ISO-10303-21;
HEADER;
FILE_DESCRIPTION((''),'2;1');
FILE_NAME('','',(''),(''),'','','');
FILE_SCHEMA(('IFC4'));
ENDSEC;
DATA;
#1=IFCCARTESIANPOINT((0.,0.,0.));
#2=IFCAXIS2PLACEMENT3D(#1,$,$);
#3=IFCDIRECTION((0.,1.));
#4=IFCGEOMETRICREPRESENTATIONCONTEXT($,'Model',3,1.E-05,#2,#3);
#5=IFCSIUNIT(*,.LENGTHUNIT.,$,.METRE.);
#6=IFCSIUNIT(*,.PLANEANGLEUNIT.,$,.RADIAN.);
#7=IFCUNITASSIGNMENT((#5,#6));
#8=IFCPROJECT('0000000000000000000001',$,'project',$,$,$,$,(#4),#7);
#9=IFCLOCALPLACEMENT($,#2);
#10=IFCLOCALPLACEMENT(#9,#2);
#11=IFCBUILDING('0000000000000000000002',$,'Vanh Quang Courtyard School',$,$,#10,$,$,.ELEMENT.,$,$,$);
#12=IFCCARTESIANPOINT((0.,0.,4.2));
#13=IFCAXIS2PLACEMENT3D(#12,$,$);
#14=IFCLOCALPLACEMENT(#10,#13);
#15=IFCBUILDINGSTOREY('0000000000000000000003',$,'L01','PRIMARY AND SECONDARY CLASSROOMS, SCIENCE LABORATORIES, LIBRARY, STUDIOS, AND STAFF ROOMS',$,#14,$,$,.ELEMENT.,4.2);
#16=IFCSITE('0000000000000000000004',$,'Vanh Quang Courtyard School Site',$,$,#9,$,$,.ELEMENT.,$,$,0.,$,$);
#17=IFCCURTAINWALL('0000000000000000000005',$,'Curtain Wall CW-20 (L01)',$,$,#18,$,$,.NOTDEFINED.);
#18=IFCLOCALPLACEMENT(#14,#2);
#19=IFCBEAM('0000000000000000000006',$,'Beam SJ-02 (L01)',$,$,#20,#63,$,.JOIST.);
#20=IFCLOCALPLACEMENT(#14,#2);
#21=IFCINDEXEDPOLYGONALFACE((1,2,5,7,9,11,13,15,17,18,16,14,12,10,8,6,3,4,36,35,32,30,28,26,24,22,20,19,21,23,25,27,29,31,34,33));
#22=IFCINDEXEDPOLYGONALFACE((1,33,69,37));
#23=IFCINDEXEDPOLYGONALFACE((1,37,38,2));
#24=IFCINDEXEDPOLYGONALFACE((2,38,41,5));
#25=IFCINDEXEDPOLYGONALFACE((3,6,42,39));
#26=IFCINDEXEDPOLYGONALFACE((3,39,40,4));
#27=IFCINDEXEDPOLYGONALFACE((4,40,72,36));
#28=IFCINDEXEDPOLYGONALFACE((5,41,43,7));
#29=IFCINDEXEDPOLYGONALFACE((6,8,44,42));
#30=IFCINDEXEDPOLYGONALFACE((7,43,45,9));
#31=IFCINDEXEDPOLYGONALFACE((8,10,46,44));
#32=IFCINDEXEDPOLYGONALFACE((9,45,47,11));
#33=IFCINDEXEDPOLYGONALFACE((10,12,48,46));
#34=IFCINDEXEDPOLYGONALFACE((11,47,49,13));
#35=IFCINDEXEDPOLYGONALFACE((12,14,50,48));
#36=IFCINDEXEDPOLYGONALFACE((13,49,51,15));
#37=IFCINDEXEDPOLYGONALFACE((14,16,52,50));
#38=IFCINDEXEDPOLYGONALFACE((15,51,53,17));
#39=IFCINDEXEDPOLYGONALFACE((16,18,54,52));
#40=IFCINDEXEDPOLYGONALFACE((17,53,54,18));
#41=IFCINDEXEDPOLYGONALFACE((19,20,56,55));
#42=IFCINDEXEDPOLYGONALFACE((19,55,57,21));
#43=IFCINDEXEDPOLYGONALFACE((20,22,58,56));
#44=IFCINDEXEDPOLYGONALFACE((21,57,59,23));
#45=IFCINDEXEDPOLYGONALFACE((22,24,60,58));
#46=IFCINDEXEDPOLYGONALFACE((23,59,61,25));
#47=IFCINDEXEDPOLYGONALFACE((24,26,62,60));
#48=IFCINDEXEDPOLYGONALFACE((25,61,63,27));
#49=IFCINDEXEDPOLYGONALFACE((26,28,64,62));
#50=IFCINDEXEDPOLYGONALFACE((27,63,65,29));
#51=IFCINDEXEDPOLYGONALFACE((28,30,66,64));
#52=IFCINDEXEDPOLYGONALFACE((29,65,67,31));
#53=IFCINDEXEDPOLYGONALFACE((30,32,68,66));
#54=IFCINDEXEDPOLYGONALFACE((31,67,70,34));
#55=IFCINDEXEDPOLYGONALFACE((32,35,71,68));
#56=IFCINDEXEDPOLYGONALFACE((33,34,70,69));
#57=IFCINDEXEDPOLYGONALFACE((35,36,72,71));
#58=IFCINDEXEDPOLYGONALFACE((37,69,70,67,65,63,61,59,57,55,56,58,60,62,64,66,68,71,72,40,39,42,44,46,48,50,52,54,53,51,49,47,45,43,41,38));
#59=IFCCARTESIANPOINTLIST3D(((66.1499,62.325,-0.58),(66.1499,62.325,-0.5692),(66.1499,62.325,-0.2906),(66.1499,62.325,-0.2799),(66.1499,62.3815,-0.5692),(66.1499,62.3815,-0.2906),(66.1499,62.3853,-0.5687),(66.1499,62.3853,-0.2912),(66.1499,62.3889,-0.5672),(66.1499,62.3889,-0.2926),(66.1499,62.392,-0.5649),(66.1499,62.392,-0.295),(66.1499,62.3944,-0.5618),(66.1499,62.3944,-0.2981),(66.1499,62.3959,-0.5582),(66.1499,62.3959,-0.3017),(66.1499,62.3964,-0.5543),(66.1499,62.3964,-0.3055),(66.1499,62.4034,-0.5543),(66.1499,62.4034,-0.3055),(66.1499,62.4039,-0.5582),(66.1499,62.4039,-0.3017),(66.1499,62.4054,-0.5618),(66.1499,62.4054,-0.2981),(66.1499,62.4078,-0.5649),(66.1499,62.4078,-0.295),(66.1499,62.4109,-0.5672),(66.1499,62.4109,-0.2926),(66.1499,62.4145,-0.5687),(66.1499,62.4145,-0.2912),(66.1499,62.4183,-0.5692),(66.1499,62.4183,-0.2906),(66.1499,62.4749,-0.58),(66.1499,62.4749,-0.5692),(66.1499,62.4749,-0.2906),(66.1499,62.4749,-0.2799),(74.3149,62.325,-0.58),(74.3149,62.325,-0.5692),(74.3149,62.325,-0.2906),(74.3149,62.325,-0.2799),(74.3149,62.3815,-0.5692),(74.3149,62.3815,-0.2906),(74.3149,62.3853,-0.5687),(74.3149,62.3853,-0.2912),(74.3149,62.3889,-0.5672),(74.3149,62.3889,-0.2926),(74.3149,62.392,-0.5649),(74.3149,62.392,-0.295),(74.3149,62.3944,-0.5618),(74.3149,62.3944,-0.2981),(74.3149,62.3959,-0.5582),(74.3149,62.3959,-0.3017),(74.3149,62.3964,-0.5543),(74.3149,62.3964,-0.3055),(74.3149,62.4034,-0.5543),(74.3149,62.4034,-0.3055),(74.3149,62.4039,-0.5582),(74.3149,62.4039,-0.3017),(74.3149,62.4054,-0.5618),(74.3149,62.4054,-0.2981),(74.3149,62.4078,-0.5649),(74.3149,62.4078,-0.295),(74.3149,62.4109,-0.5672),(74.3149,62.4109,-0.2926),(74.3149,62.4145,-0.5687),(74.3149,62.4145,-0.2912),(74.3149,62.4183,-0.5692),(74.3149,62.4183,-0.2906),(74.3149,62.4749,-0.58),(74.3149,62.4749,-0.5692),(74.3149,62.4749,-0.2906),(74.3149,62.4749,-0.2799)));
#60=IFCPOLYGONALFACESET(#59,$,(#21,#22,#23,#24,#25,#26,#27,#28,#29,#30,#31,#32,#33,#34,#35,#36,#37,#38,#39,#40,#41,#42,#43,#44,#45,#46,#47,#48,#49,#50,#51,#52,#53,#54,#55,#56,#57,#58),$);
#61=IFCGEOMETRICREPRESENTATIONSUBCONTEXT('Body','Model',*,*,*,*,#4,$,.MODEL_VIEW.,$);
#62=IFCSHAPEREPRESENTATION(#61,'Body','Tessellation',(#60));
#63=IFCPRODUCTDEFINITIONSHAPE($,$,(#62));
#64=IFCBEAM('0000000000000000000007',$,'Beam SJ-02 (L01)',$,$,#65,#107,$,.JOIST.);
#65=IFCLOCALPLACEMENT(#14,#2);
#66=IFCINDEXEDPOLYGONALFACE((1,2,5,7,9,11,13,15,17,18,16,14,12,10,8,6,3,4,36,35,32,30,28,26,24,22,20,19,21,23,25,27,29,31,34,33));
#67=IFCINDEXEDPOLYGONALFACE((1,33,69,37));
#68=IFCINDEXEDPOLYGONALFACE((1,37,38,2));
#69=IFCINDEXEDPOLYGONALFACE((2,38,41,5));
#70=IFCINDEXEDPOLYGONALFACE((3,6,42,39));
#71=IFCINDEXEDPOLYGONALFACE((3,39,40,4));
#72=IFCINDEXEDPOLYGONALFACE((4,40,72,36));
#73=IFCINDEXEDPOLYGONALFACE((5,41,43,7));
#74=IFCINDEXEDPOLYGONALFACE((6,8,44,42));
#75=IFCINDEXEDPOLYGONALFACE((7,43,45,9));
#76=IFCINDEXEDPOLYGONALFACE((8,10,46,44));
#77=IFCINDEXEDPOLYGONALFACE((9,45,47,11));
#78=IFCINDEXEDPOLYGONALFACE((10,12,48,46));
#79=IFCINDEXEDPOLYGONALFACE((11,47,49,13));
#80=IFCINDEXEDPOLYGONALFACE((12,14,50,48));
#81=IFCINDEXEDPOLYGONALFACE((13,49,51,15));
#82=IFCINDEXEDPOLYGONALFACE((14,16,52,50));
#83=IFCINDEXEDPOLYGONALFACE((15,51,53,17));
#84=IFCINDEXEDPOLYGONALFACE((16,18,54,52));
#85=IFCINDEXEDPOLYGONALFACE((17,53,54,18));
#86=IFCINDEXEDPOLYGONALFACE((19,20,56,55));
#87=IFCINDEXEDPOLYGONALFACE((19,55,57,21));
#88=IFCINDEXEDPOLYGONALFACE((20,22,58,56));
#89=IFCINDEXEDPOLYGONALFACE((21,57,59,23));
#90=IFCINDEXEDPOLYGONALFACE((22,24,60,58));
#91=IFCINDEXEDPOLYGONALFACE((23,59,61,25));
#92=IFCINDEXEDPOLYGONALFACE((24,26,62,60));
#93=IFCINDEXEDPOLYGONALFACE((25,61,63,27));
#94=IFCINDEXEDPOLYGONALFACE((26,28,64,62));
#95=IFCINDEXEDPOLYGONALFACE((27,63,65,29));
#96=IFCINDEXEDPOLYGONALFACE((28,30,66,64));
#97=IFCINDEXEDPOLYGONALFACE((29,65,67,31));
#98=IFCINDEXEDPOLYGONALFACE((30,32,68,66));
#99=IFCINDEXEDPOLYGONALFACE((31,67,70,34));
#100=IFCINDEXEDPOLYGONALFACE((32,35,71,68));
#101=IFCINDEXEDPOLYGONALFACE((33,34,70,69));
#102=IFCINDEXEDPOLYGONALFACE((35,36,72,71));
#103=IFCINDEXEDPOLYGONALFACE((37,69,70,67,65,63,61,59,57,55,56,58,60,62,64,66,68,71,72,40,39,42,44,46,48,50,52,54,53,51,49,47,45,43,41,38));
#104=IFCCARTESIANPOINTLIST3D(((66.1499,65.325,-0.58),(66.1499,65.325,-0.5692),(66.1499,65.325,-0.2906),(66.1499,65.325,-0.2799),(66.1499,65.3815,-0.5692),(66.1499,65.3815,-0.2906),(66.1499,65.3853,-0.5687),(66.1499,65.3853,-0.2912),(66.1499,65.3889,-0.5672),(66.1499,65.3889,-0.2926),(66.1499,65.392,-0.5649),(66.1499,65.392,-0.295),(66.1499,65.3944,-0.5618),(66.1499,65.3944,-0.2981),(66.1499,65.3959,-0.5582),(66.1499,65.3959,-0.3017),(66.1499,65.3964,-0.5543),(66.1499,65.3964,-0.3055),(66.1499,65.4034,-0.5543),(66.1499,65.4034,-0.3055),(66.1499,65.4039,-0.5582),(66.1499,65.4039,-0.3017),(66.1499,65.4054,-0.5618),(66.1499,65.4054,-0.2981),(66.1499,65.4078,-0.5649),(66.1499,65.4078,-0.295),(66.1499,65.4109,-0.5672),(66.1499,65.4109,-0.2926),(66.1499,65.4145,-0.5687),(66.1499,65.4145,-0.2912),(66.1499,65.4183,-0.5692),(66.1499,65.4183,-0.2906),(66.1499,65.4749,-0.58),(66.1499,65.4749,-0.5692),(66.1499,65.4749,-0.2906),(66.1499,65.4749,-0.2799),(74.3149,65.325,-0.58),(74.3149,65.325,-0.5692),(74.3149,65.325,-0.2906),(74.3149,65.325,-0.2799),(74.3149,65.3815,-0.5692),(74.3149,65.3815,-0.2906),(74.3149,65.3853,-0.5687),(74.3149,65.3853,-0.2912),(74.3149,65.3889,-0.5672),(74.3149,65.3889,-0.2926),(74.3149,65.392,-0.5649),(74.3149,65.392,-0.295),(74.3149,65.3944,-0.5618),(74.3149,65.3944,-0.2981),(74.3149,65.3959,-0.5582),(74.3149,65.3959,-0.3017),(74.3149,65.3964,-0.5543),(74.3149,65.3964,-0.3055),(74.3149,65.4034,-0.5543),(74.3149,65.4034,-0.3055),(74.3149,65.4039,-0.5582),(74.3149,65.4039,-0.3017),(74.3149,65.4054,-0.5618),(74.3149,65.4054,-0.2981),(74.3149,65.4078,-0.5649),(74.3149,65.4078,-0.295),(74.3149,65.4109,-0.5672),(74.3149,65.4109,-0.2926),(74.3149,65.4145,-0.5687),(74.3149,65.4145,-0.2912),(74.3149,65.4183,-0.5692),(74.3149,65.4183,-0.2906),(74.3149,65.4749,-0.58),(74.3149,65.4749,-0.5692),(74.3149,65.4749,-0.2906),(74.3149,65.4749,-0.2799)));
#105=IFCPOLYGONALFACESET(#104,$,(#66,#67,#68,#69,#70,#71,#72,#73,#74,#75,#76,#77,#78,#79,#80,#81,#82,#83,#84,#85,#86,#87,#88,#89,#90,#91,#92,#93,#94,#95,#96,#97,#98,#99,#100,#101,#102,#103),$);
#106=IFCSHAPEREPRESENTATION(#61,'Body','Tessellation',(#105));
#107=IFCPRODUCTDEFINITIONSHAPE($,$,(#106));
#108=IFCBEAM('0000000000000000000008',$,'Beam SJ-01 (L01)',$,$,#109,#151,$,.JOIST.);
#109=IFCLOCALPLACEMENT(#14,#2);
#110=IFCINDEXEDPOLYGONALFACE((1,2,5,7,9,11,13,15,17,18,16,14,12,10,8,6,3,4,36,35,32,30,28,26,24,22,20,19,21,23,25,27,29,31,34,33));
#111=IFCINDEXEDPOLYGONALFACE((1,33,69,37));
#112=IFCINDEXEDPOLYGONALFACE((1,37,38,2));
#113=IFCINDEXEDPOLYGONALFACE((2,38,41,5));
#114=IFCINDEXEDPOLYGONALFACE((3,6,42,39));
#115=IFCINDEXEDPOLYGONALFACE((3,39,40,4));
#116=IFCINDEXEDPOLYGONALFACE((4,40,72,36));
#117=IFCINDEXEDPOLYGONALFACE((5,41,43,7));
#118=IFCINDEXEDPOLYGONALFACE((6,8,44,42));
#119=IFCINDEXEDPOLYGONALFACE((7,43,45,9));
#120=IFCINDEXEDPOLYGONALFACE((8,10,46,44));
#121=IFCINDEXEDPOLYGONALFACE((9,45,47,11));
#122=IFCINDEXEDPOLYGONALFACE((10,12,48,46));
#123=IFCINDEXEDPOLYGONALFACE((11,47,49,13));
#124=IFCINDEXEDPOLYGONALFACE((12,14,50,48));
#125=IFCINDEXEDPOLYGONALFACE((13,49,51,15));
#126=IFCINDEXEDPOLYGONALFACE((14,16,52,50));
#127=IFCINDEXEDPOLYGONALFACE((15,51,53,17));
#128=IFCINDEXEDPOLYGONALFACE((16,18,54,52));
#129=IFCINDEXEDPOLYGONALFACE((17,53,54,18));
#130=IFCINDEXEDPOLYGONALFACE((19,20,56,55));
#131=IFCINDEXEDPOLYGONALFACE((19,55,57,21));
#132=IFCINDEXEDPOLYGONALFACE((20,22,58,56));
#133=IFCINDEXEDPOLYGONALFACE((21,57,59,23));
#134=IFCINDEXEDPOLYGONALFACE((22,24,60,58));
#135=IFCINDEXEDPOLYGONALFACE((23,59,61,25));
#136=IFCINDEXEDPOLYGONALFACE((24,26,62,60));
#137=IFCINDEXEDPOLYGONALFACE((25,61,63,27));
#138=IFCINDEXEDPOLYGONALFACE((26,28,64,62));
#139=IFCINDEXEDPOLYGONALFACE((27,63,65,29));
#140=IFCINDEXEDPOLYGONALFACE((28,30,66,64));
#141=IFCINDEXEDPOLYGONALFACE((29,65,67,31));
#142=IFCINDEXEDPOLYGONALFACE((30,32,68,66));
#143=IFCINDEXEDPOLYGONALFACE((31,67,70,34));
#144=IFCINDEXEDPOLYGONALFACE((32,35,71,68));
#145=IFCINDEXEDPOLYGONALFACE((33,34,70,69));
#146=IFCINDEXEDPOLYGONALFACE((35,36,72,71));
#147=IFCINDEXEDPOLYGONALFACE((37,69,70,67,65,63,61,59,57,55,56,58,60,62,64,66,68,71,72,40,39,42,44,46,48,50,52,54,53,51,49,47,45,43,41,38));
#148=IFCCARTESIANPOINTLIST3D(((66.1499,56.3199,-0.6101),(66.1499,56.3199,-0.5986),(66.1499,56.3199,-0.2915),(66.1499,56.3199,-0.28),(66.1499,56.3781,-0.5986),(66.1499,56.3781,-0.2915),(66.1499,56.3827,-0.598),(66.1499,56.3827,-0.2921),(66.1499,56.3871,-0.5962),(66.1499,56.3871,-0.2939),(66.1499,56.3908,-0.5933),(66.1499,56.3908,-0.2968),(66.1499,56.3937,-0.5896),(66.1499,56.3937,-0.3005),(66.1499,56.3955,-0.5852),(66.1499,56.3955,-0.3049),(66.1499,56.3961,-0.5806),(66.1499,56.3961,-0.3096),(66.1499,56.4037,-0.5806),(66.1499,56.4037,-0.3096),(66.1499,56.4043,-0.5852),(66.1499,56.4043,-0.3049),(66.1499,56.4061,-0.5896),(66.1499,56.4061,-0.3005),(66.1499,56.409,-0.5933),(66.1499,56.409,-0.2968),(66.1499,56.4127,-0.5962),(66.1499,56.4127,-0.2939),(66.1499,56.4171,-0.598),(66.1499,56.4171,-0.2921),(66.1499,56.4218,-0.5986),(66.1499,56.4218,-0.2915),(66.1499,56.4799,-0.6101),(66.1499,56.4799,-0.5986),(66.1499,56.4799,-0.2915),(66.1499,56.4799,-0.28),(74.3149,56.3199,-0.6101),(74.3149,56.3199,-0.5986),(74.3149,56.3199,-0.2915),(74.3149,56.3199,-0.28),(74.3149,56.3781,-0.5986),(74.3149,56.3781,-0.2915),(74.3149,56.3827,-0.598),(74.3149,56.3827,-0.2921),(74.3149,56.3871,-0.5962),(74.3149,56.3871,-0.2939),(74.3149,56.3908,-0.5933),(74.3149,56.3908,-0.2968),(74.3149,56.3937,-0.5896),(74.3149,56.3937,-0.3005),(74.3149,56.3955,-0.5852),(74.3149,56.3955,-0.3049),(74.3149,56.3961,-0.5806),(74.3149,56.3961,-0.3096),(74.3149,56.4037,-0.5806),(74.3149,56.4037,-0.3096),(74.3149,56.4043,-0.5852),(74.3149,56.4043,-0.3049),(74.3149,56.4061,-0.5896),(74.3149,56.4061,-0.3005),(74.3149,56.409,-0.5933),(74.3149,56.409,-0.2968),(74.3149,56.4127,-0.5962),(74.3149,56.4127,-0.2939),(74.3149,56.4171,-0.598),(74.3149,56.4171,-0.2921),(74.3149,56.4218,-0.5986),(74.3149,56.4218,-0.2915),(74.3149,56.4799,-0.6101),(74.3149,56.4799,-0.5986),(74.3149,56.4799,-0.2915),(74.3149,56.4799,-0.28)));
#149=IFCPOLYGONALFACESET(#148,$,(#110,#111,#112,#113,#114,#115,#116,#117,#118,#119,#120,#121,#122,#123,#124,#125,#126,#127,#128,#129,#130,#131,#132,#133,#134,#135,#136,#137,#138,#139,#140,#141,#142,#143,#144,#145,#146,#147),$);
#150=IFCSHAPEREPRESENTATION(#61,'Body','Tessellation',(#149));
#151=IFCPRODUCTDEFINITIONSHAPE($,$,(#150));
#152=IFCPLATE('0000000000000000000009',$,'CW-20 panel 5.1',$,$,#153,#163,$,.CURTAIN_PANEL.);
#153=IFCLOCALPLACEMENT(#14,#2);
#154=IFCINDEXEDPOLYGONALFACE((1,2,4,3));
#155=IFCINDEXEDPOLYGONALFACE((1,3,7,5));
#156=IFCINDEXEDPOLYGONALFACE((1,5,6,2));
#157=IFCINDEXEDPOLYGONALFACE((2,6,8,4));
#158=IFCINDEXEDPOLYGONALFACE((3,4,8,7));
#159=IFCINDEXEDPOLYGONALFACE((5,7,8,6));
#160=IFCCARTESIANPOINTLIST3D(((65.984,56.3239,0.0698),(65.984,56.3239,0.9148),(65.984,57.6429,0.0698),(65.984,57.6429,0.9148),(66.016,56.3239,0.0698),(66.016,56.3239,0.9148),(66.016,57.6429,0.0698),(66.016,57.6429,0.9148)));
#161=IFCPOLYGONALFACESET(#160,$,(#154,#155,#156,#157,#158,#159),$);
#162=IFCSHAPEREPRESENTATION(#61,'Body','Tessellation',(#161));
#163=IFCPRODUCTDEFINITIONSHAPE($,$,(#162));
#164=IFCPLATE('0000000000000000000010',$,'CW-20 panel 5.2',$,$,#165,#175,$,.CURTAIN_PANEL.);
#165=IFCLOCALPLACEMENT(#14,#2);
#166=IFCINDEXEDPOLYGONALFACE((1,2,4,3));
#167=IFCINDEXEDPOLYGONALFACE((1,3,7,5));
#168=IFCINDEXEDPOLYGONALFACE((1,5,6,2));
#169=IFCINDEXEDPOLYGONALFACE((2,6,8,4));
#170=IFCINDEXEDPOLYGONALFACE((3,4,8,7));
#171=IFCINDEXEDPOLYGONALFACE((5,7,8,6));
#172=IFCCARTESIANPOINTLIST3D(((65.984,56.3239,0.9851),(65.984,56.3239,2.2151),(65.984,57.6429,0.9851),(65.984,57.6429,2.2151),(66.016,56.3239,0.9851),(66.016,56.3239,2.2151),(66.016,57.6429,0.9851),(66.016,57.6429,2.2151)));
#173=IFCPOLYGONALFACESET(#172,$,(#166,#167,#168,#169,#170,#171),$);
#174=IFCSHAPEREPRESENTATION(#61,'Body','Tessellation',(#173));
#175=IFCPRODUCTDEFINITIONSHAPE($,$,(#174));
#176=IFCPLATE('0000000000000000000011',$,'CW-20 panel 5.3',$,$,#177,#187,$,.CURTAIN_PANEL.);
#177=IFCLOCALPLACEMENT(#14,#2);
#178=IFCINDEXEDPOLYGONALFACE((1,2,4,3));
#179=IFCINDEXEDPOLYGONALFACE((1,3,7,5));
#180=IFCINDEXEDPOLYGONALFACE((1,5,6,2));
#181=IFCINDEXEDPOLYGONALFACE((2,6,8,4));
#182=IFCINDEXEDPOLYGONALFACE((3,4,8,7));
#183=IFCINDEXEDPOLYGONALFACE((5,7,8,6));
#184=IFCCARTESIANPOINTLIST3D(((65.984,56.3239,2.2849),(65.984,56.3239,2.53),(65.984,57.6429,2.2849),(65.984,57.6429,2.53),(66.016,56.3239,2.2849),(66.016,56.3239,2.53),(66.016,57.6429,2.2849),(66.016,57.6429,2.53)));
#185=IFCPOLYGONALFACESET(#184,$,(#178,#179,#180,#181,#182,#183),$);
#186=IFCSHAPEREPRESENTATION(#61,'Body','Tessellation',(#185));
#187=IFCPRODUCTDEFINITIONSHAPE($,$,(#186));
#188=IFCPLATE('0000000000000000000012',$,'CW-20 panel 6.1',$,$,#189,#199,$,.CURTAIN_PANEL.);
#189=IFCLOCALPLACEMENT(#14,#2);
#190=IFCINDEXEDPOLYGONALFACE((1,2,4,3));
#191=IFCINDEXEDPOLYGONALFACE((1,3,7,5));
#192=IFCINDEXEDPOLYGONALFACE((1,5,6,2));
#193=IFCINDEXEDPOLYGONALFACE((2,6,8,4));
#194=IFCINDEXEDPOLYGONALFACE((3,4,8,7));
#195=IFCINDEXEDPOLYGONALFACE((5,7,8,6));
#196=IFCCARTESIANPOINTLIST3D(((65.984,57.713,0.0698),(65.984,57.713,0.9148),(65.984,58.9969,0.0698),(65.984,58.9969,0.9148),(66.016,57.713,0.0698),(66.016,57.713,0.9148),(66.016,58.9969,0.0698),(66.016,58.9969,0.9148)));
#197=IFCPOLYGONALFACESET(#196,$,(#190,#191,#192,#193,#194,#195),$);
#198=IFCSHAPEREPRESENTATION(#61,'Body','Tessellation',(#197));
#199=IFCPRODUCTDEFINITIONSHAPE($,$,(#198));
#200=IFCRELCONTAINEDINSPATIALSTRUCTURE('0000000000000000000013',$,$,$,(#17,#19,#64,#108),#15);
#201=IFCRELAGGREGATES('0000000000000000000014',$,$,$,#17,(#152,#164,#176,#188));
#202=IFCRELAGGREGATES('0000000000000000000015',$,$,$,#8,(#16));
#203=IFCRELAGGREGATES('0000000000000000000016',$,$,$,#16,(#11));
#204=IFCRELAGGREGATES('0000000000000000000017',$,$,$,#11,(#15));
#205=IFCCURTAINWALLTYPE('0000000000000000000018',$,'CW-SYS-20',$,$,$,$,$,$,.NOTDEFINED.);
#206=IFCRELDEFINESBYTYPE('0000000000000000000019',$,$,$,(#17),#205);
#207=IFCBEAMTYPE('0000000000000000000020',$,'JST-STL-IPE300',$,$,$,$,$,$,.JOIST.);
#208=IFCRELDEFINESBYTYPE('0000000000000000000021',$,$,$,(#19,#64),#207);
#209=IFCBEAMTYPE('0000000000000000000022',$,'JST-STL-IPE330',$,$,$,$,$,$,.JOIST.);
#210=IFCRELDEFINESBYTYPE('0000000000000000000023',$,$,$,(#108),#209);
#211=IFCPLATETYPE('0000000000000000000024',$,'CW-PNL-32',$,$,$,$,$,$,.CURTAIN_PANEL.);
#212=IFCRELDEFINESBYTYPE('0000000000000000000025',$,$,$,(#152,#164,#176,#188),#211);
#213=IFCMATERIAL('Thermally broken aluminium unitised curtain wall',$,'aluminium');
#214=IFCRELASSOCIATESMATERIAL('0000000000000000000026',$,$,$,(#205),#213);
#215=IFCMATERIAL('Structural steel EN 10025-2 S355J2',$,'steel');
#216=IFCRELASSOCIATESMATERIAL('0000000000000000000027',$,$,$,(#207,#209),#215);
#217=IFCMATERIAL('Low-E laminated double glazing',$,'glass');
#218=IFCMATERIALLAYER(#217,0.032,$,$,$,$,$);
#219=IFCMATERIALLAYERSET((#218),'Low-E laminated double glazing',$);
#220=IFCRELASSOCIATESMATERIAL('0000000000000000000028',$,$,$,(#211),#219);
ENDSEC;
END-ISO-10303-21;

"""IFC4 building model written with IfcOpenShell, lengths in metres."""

from ifc_helpers import new_model, si_unit, direction, frame, origin, origin_2d, place, context, subcontext, project, spatial, rectangle, i_section, extrude, material, layer, layer_set, material_profile, profile_set, type_object, element, aggregate, save


model = new_model("IFC4")

# Units and contexts
model_context = context("Model", 3, precision=1e-05, world=origin(), true_north=direction((0.0, 1.0)))
body_context = subcontext(model_context, "Body", "Model", "MODEL_VIEW")
ifc_project = project(units=[si_unit("LENGTHUNIT", "METRE"), si_unit("PLANEANGLEUNIT", "RADIAN")], contexts=[model_context])

# Site, building, storey
site_placement = place(None, origin())
site = spatial("IfcSite", under=ifc_project, at=site_placement, Name="Vanh Quang Courtyard School Site", CompositionType="ELEMENT", RefElevation=0.0)
building_placement = place(site_placement, origin())
building = spatial("IfcBuilding", under=site, at=building_placement, Name="Vanh Quang Courtyard School", CompositionType="ELEMENT")
storey_placement = place(building_placement, frame((0.0, 0.0, 4.2)))
storey = spatial("IfcBuildingStorey", under=building, at=storey_placement, Name="L01", Description="PRIMARY AND SECONDARY CLASSROOMS, SCIENCE LABORATORIES, LIBRARY, STUDIOS, AND STAFF ROOMS", CompositionType="ELEMENT", Elevation=4.2)

# Shared definitions
ifc_material_1 = material(Name="Structural steel EN 10025-2 S355J2", Category="steel")

# Curtain wall
ifc_material_2 = material(Name="Thermally broken aluminium unitised curtain wall", Category="aluminium")
curtain_wall_type = type_object("IfcCurtainWallType", Name="CW-SYS-20", PredefinedType="NOTDEFINED", material=ifc_material_2)
curtain_wall_placement = place(storey_placement, origin())
curtain_wall = element("IfcCurtainWall", 1, at=curtain_wall_placement, inside=storey, type_object=curtain_wall_type, Name="Curtain Wall CW-20 (L01)", PredefinedType="NOTDEFINED")

# Beams
ifc_material_profile_1 = material_profile(ifc_material_1, i_section(OverallWidth=0.1499, OverallDepth=0.3, WebThickness=0.0071, FlangeThickness=0.0107, FilletRadius=0.0149, at=origin_2d()), Name="IPE 300")
ifc_profile_set_1 = profile_set([ifc_material_profile_1], Name="Structural steel EN 10025-2 S355J2")
beam_type_1 = type_object("IfcBeamType", Name="JST-STL-IPE300", PredefinedType="JOIST", material=ifc_profile_set_1)
for number, where, z_axis, x_axis, name in (
    (2, (66.1499, 62.3999, -0.4299), (1.0, 0.0, 0.0), (0.0, 1.0, 0.0), "Beam SJ-02 (L01)"),
    (3, (66.1499, 65.3999, -0.4299), (1.0, 0.0, 0.0), (0.0, 1.0, 0.0), "Beam SJ-02 (L01)"),
):
    element("IfcBeam", number, at=place(storey_placement, frame(where, z_axis=z_axis, x_axis=x_axis)), inside=storey, type_object=beam_type_1, Name=name, PredefinedType="JOIST", context=body_context, shape_type="SweptSolid", body=[
        extrude(i_section(OverallWidth=0.1499, OverallDepth=0.3, WebThickness=0.0071, FlangeThickness=0.0107, FilletRadius=0.0149, at=origin_2d()), origin(), (0.0, 0.0, 1.0), 8.165),
    ])
ifc_material_profile_2 = material_profile(ifc_material_1, i_section(OverallWidth=0.1599, OverallDepth=0.3301, WebThickness=0.0076, FlangeThickness=0.0115, FilletRadius=0.0181, at=origin_2d()), Name="IPE 330")
ifc_profile_set_2 = profile_set([ifc_material_profile_2], Name="Structural steel EN 10025-2 S355J2")
beam_type_2 = type_object("IfcBeamType", Name="JST-STL-IPE330", PredefinedType="JOIST", material=ifc_profile_set_2)
beam_1_placement = place(storey_placement, frame((66.1499, 56.3999, -0.4451), z_axis=(1.0, 0.0, 0.0), x_axis=(0.0, 1.0, 0.0)))
element("IfcBeam", 4, at=beam_1_placement, inside=storey, type_object=beam_type_2, Name="Beam SJ-01 (L01)", PredefinedType="JOIST", context=body_context, shape_type="SweptSolid", body=[
    extrude(i_section(OverallWidth=0.1599, OverallDepth=0.3301, WebThickness=0.0076, FlangeThickness=0.0115, FilletRadius=0.0181, at=origin_2d()), origin(), (0.0, 0.0, 1.0), 8.165),
])

# Plates
ifc_material_3 = material(Name="Low-E laminated double glazing", Category="glass")
ifc_layer_1 = layer(ifc_material_3, 0.032)
ifc_layer_set_1 = layer_set([ifc_layer_1], Name="Low-E laminated double glazing")
plate_type = type_object("IfcPlateType", Name="CW-PNL-32", PredefinedType="CURTAIN_PANEL", material=ifc_layer_set_1)
plate_1_placement = place(storey_placement, frame((66.0, 56.9834, 0.0698), z_axis=(0.0, 0.0, 1.0), x_axis=(0.0, 1.0, 0.0)))
plate_1 = element("IfcPlate", 5, at=plate_1_placement, type_object=plate_type, Name="CW-20 panel 5.1", PredefinedType="CURTAIN_PANEL", context=body_context, shape_type="SweptSolid", body=[
    extrude(rectangle(XDim=1.3191, YDim=0.032, at=origin_2d()), origin(), (0.0, 0.0, 1.0), 0.845),
])
plate_2_placement = place(storey_placement, frame((66.0, 56.9834, 0.9851), z_axis=(0.0, 0.0, 1.0), x_axis=(0.0, 1.0, 0.0)))
plate_2 = element("IfcPlate", 6, at=plate_2_placement, type_object=plate_type, Name="CW-20 panel 5.2", PredefinedType="CURTAIN_PANEL", context=body_context, shape_type="SweptSolid", body=[
    extrude(rectangle(XDim=1.3191, YDim=0.032, at=origin_2d()), origin(), (0.0, 0.0, 1.0), 1.23),
])
plate_3_placement = place(storey_placement, frame((66.0, 56.9834, 2.2849), z_axis=(0.0, 0.0, 1.0), x_axis=(0.0, 1.0, 0.0)))
plate_3 = element("IfcPlate", 7, at=plate_3_placement, type_object=plate_type, Name="CW-20 panel 5.3", PredefinedType="CURTAIN_PANEL", context=body_context, shape_type="SweptSolid", body=[
    extrude(rectangle(XDim=1.3191, YDim=0.032, at=origin_2d()), origin(), (0.0, 0.0, 1.0), 0.2451),
])
plate_4_placement = place(storey_placement, frame((66.0, 58.355, 0.0698), z_axis=(0.0, 0.0, 1.0), x_axis=(0.0, 1.0, 0.0)))
plate_4 = element("IfcPlate", 8, at=plate_4_placement, type_object=plate_type, Name="CW-20 panel 6.1", PredefinedType="CURTAIN_PANEL", context=body_context, shape_type="SweptSolid", body=[
    extrude(rectangle(XDim=1.2839, YDim=0.032, at=origin_2d()), origin(), (0.0, 0.0, 1.0), 0.845),
])
aggregate(curtain_wall, [plate_1, plate_2, plate_3, plate_4])

save(model, "model.ifc")
